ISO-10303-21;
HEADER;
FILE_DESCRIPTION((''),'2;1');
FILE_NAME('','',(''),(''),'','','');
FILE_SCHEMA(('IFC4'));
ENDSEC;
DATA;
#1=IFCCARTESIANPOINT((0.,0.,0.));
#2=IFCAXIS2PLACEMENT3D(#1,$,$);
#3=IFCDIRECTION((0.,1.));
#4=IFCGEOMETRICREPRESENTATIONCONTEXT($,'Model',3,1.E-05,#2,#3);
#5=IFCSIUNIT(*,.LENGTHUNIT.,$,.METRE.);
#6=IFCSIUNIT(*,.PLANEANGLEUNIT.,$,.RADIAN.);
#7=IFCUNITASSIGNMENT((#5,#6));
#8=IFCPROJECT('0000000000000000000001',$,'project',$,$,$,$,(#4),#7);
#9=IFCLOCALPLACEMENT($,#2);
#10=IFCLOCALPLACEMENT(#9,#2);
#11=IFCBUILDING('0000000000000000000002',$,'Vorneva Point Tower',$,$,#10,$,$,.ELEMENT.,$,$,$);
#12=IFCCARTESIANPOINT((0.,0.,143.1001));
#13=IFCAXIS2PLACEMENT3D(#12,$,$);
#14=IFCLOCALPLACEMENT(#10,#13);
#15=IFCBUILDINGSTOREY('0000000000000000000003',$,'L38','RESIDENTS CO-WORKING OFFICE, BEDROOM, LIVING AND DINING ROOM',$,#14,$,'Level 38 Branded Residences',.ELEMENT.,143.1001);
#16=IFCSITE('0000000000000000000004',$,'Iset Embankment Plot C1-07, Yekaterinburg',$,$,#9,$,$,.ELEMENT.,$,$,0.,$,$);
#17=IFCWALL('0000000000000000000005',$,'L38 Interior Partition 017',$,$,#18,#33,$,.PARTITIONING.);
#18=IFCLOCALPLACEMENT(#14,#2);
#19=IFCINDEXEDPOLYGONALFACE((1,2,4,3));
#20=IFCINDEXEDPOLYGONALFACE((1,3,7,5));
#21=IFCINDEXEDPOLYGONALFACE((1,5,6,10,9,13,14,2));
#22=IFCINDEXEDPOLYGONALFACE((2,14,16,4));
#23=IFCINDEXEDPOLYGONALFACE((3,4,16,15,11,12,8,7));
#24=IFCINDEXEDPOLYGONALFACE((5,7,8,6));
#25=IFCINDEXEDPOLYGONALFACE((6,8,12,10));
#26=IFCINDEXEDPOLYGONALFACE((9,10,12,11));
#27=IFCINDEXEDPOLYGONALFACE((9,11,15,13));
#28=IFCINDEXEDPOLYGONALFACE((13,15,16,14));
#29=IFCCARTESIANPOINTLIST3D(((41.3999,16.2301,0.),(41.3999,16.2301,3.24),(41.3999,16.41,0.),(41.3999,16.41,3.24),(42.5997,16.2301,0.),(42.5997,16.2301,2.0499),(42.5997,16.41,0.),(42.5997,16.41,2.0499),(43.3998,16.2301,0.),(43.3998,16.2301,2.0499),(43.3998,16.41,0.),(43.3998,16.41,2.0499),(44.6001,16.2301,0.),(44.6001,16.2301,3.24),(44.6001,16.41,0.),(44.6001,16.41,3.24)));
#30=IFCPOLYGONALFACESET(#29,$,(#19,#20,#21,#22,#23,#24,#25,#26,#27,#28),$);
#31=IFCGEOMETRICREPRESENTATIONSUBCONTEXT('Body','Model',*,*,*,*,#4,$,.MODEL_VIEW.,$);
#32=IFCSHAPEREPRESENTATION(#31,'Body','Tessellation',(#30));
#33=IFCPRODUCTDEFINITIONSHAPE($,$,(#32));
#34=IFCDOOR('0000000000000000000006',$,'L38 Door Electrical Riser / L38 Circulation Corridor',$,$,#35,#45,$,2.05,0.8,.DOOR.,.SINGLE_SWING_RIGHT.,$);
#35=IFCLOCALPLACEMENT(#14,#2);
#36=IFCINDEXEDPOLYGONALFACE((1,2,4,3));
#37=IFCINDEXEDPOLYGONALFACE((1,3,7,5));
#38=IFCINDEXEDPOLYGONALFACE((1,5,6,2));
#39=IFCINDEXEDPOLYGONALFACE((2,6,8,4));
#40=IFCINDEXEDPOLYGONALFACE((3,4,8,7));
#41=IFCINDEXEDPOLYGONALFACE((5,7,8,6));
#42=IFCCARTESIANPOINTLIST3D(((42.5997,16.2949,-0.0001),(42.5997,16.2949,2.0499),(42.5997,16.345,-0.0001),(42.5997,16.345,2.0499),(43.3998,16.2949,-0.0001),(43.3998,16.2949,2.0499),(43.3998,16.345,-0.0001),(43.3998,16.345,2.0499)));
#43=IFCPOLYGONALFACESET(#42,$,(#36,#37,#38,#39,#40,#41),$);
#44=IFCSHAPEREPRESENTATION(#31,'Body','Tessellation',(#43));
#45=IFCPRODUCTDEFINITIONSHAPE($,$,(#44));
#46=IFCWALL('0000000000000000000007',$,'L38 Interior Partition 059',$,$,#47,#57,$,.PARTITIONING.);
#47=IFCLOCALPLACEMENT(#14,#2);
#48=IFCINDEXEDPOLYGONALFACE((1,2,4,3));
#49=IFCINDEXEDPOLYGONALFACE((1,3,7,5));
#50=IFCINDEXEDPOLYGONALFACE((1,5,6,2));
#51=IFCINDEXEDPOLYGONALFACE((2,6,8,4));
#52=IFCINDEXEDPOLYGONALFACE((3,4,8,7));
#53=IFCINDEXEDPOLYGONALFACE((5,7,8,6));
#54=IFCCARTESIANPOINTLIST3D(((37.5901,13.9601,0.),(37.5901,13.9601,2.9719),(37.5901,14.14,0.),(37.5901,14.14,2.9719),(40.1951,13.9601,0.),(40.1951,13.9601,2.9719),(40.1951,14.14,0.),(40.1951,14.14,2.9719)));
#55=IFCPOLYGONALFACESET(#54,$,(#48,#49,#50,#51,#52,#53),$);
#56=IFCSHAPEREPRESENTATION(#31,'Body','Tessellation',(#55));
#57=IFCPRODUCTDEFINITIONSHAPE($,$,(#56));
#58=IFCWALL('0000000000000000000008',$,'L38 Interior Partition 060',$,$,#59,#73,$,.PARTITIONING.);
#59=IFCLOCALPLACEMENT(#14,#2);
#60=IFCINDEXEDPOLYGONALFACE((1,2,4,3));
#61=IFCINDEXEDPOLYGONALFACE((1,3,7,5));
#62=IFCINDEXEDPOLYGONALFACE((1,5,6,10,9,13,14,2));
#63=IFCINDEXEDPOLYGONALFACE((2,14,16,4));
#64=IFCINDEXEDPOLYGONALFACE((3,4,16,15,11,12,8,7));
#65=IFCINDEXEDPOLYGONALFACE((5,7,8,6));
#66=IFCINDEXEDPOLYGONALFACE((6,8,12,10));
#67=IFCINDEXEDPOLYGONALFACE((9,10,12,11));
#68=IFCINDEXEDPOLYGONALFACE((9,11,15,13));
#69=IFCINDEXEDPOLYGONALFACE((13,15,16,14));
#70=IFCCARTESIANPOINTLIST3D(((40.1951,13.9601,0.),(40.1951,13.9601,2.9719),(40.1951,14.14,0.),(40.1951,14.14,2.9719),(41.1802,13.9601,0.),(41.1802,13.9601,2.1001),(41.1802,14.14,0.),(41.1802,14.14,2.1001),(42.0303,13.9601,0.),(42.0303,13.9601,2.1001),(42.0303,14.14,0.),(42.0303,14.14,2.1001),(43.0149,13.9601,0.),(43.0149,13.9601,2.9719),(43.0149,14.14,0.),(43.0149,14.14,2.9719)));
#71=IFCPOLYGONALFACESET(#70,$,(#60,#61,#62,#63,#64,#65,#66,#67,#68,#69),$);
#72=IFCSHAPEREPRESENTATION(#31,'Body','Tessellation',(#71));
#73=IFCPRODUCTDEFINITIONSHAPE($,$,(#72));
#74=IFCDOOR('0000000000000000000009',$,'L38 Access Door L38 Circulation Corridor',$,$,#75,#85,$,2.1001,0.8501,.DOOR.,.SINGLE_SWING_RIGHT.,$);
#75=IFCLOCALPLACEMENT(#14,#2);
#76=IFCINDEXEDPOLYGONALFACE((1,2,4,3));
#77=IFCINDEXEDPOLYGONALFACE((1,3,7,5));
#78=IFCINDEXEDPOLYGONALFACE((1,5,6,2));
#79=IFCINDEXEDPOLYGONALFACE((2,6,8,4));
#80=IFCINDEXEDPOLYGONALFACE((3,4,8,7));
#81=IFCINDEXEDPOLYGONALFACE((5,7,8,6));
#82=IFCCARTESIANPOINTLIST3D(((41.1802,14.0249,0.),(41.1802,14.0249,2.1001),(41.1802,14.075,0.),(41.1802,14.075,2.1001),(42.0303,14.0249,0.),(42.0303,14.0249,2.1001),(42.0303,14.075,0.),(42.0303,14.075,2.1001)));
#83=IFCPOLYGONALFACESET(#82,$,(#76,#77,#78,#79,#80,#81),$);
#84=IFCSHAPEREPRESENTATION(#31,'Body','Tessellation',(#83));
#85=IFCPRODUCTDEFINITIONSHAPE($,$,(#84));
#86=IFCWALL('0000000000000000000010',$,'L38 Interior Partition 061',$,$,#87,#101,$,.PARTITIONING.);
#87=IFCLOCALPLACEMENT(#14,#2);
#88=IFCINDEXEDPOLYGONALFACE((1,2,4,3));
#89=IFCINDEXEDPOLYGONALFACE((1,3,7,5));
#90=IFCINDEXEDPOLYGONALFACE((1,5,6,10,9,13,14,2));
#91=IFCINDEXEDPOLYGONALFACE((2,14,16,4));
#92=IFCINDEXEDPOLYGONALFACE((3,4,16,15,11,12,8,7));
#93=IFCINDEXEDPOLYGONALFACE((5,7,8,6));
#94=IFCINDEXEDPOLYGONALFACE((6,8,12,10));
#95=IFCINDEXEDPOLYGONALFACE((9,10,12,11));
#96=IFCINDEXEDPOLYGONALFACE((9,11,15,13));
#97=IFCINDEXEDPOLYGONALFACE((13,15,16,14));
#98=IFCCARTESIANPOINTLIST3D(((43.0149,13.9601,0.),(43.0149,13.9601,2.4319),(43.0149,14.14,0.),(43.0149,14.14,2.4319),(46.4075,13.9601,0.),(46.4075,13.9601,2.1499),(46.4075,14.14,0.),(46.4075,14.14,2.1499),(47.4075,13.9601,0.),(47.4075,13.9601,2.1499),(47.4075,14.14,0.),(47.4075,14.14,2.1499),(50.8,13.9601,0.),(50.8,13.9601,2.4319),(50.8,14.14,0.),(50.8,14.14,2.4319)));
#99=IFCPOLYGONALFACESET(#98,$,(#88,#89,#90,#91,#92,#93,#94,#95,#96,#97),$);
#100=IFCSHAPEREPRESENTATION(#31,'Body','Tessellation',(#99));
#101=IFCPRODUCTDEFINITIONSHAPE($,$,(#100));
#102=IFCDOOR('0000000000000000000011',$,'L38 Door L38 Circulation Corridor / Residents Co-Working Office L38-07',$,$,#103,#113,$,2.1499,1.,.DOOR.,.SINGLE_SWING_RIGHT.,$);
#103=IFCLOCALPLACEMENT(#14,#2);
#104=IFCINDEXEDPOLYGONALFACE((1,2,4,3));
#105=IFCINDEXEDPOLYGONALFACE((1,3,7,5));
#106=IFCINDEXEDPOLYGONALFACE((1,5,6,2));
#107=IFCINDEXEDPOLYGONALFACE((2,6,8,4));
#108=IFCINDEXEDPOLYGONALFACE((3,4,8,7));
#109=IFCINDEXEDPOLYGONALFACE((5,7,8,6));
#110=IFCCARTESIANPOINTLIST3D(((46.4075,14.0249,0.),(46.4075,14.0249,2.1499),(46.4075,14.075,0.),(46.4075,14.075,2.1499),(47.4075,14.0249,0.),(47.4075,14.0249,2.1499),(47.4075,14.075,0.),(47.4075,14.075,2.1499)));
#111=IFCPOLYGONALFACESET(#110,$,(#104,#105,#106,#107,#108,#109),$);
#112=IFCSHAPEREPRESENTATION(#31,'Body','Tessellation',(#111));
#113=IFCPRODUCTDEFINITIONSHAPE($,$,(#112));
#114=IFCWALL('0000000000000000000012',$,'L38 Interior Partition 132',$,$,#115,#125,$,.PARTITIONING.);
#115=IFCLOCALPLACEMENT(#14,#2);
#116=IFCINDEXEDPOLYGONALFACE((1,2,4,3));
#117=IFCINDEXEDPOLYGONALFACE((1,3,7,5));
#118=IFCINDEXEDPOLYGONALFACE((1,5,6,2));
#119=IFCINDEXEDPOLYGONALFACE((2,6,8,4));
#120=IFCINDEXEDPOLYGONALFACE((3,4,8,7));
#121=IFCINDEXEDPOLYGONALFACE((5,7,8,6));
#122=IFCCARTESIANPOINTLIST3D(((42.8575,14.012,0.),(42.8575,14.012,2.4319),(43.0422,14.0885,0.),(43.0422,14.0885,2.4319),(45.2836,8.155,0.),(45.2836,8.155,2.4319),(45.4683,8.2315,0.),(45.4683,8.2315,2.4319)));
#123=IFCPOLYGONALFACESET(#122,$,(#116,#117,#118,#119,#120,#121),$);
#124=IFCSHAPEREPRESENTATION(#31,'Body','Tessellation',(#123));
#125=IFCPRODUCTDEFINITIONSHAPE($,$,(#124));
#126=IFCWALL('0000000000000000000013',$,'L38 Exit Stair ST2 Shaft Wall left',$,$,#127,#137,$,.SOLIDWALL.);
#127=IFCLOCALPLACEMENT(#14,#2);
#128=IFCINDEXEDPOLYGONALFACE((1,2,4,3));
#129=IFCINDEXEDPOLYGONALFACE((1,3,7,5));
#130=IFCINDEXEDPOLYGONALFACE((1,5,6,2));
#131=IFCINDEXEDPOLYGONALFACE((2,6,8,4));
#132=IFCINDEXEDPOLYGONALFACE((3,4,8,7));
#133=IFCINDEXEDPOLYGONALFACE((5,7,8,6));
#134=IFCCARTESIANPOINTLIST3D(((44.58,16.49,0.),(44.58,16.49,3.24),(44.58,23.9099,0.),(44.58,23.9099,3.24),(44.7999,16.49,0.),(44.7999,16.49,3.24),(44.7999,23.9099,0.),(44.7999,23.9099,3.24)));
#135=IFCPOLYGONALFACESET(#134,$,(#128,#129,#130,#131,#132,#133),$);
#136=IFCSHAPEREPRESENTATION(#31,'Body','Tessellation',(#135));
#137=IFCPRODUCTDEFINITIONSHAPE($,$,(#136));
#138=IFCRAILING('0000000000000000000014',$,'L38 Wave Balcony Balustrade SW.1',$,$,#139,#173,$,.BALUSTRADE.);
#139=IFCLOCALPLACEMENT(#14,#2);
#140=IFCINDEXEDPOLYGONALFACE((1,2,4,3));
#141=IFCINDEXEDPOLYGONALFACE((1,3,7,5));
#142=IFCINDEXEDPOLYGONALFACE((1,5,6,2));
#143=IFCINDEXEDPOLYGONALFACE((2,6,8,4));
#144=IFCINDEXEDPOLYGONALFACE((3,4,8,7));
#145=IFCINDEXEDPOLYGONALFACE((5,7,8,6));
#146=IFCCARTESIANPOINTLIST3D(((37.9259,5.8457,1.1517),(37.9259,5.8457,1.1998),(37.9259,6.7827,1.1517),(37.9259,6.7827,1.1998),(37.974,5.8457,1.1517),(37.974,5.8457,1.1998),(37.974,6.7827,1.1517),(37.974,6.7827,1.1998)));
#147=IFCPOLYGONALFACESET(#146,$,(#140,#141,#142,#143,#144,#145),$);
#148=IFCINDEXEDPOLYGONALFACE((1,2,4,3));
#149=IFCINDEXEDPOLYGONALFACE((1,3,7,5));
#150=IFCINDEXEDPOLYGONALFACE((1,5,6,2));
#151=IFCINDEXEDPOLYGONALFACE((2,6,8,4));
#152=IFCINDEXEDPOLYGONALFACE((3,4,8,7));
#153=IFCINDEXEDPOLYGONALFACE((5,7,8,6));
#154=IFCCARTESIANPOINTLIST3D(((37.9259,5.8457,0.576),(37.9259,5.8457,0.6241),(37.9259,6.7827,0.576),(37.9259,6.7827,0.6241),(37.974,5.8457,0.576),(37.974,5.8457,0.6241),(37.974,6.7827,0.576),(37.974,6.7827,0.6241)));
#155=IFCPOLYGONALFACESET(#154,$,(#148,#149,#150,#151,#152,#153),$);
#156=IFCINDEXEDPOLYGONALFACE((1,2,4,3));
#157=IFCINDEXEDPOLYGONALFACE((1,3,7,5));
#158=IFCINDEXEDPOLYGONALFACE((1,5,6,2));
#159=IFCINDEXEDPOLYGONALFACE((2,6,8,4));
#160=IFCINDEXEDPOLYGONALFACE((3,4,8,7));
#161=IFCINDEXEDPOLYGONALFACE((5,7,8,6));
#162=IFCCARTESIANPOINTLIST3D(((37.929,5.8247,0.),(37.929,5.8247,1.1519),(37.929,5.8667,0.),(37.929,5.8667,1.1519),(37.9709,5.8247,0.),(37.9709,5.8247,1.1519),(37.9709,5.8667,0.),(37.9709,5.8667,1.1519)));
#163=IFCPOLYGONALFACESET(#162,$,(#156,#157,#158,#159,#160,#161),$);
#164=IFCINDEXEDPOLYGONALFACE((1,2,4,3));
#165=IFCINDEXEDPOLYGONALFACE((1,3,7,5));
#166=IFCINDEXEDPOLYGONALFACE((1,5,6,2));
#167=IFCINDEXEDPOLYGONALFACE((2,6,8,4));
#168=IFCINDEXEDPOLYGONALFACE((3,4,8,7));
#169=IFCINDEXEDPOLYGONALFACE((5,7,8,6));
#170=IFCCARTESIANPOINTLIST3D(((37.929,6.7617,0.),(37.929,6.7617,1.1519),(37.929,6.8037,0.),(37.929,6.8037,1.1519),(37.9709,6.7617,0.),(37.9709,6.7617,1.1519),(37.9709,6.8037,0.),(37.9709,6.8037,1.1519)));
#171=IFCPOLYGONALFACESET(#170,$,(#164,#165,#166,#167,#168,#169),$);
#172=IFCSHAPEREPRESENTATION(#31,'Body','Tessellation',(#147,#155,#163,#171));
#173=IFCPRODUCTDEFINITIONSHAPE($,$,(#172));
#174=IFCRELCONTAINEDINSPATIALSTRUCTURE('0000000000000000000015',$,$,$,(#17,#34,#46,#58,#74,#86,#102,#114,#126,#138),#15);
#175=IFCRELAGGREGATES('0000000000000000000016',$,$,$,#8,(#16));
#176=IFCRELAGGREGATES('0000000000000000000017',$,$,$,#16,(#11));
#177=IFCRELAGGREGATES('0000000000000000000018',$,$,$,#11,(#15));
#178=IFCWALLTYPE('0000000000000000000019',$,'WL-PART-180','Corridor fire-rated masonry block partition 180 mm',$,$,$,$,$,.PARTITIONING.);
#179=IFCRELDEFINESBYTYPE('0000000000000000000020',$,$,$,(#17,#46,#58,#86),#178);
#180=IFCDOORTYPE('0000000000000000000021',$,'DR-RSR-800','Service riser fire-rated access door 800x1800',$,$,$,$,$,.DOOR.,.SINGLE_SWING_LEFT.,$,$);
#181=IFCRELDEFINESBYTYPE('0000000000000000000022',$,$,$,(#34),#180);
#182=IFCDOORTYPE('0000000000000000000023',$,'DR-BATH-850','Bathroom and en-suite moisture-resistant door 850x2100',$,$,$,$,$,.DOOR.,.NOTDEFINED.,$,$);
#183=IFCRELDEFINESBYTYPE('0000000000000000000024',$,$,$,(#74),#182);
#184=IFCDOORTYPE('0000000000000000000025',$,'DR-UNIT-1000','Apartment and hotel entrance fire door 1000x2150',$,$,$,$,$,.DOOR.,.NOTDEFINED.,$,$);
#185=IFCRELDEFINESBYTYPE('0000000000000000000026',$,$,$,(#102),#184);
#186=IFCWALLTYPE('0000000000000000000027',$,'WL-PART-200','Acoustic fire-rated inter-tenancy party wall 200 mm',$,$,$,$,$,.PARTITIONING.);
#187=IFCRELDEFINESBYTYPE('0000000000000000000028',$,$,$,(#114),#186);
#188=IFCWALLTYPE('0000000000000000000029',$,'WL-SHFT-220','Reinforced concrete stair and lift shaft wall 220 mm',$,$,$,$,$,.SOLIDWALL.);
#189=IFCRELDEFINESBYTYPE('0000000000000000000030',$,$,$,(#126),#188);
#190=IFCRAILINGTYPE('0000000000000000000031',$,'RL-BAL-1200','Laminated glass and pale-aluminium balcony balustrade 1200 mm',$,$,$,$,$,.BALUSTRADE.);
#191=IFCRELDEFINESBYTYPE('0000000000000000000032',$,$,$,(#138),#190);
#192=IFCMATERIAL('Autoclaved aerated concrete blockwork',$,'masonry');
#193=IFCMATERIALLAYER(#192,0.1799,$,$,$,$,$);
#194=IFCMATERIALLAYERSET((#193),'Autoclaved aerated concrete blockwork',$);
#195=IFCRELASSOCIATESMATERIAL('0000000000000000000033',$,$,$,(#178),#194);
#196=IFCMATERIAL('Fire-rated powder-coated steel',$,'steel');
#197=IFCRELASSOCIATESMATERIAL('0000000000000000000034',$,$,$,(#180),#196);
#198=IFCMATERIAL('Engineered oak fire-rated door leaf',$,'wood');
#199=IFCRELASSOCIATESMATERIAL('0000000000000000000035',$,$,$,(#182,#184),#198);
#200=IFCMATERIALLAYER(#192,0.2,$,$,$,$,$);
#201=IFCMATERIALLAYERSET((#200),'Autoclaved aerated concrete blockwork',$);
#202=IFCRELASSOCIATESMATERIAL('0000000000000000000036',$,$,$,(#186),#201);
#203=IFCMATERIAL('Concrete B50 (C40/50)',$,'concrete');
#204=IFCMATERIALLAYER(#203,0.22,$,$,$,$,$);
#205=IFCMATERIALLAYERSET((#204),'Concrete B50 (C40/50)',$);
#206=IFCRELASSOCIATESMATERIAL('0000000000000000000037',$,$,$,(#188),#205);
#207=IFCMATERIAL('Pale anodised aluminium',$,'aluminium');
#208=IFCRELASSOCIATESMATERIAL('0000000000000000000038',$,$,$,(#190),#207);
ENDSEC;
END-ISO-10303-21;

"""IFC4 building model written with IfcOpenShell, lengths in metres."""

from ifc_helpers import new_model, si_unit, direction, frame, frame_2d, origin, origin_2d, place, context, subcontext, project, spatial, rectangle, extrude, material, layer, layer_set, type_object, element, fill, save


model = new_model("IFC4")

# Units and contexts
model_context = context("Model", 3, precision=1e-05, world=origin(), true_north=direction((0.0, 1.0)))
body_context = subcontext(model_context, "Body", "Model", "MODEL_VIEW")
ifc_project = project(units=[si_unit("LENGTHUNIT", "METRE"), si_unit("PLANEANGLEUNIT", "RADIAN")], contexts=[model_context])

# Site, building, storey
site_placement = place(None, origin())
site = spatial("IfcSite", under=ifc_project, at=site_placement, Name="Iset Embankment Plot C1-07, Yekaterinburg", CompositionType="ELEMENT", RefElevation=0.0)
building_placement = place(site_placement, origin())
building = spatial("IfcBuilding", under=site, at=building_placement, Name="Vorneva Point Tower", CompositionType="ELEMENT")
storey_placement = place(building_placement, frame((0.0, 0.0, 143.1001)))
storey = spatial("IfcBuildingStorey", under=building, at=storey_placement, Name="L38", Description="RESIDENTS CO-WORKING OFFICE, BEDROOM, LIVING AND DINING ROOM", LongName="Level 38 Branded Residences", CompositionType="ELEMENT", Elevation=143.1001)

# Shared definitions
ifc_material_1 = material(Name="Pale anodised aluminium", Category="aluminium")

# Shared definitions
ifc_material_2 = material(Name="Engineered oak fire-rated door leaf", Category="wood")

# Wall, opening, door
ifc_material_3 = material(Name="Autoclaved aerated concrete blockwork", Category="masonry")
ifc_layer_1 = layer(ifc_material_3, 0.1799)
ifc_layer_set_1 = layer_set([ifc_layer_1], Name="Autoclaved aerated concrete blockwork")
wall_type_1 = type_object("IfcWallType", Name="WL-PART-180", Description="Corridor fire-rated masonry block partition 180 mm", PredefinedType="PARTITIONING", material=ifc_layer_set_1)
ifc_material_4 = material(Name="Fire-rated powder-coated steel", Category="steel")
door_type_1 = type_object("IfcDoorType", Name="DR-RSR-800", Description="Service riser fire-rated access door 800x1800", OperationType="SINGLE_SWING_LEFT", PredefinedType="DOOR", material=ifc_material_4)
wall_1_placement = place(storey_placement, frame((41.3999, 16.3201, 0.0), z_axis=(0.0, 0.0, 1.0), x_axis=(1.0, 0.0, 0.0)))
wall_1 = element("IfcWall", 1, at=wall_1_placement, inside=storey, type_object=wall_type_1, Name="L38 Interior Partition 017", PredefinedType="PARTITIONING", context=body_context, shape_type="SweptSolid", body=[
    extrude(rectangle(XDim=3.2002, YDim=0.1799, at=frame_2d((1.6001, 0.0))), origin(), (0.0, 0.0, 1.0), 3.24),
])
opening_1_placement = place(wall_1_placement, frame((1.2, 0.0, 0.0)))
opening_1 = element("IfcOpeningElement", 2, at=opening_1_placement, cuts=wall_1, PredefinedType="OPENING", context=body_context, shape_type="SweptSolid", body=[
    extrude(rectangle(XDim=0.8, YDim=2.05, at=frame_2d((0.3999, 1.0249))), frame((0.0, 0.105, 0.0), z_axis=(0.0, -1.0, 0.0), x_axis=(1.0, 0.0, 0.0)), (0.0, 0.0, 1.0), 0.2097),
])
door_1_placement = place(opening_1_placement, origin())
door_1 = element("IfcDoor", 3, at=door_1_placement, inside=storey, type_object=door_type_1, Name="L38 Door Electrical Riser / L38 Circulation Corridor", OperationType="SINGLE_SWING_RIGHT", OverallHeight=2.05, OverallWidth=0.8, PredefinedType="DOOR", context=body_context, shape_type="SweptSolid", body=[
    extrude(rectangle(XDim=0.8, YDim=2.05, at=frame_2d((0.3999, 1.0249))), frame((0.0, 0.0249, 0.0), z_axis=(0.0, -1.0, 0.0), x_axis=(1.0, 0.0, 0.0)), (0.0, 0.0, 1.0), 0.05),
])
fill(opening_1, door_1)

# Wall
wall_2_placement = place(storey_placement, frame((37.5901, 14.05, 0.0), z_axis=(0.0, 0.0, 1.0), x_axis=(1.0, 0.0, 0.0)))
element("IfcWall", 4, at=wall_2_placement, inside=storey, type_object=wall_type_1, Name="L38 Interior Partition 059", PredefinedType="PARTITIONING", context=body_context, shape_type="SweptSolid", body=[
    extrude(rectangle(XDim=2.605, YDim=0.1799, at=frame_2d((1.3025, 0.0))), origin(), (0.0, 0.0, 1.0), 2.9719),
])

# Walls, openings, doors
wall_3_placement = place(storey_placement, frame((40.1951, 14.05, 0.0), z_axis=(0.0, 0.0, 1.0), x_axis=(1.0, 0.0, 0.0)))
wall_3 = element("IfcWall", 5, at=wall_3_placement, inside=storey, type_object=wall_type_1, Name="L38 Interior Partition 060", PredefinedType="PARTITIONING", context=body_context, shape_type="SweptSolid", body=[
    extrude(rectangle(XDim=2.8198, YDim=0.1799, at=frame_2d((1.4099, 0.0))), origin(), (0.0, 0.0, 1.0), 2.9719),
])
opening_2_placement = place(wall_3_placement, frame((0.9851, 0.0, 0.0)))
opening_2 = element("IfcOpeningElement", 6, at=opening_2_placement, cuts=wall_3, PredefinedType="OPENING", context=body_context, shape_type="SweptSolid", body=[
    extrude(rectangle(XDim=0.8501, YDim=2.1001, at=frame_2d((0.425, 1.05))), frame((0.0, 0.105, 0.0), z_axis=(0.0, -1.0, 0.0), x_axis=(1.0, 0.0, 0.0)), (0.0, 0.0, 1.0), 0.2097),
])
door_type_2 = type_object("IfcDoorType", Name="DR-BATH-850", Description="Bathroom and en-suite moisture-resistant door 850x2100", OperationType="NOTDEFINED", PredefinedType="DOOR", material=ifc_material_2)
door_2_placement = place(opening_2_placement, origin())
door_2 = element("IfcDoor", 7, at=door_2_placement, inside=storey, type_object=door_type_2, Name="L38 Access Door L38 Circulation Corridor", OperationType="SINGLE_SWING_RIGHT", OverallHeight=2.1001, OverallWidth=0.8501, PredefinedType="DOOR", context=body_context, shape_type="SweptSolid", body=[
    extrude(rectangle(XDim=0.8501, YDim=2.1001, at=frame_2d((0.425, 1.05))), frame((0.0, 0.0249, 0.0), z_axis=(0.0, -1.0, 0.0), x_axis=(1.0, 0.0, 0.0)), (0.0, 0.0, 1.0), 0.05),
])
fill(opening_2, door_2)
wall_4_placement = place(storey_placement, frame((43.0149, 14.05, 0.0), z_axis=(0.0, 0.0, 1.0), x_axis=(1.0, 0.0, 0.0)))
wall_4 = element("IfcWall", 8, at=wall_4_placement, inside=storey, type_object=wall_type_1, Name="L38 Interior Partition 061", PredefinedType="PARTITIONING", context=body_context, shape_type="SweptSolid", body=[
    extrude(rectangle(XDim=7.7852, YDim=0.1799, at=frame_2d((3.8926, 0.0))), origin(), (0.0, 0.0, 1.0), 2.4319),
])
opening_3_placement = place(wall_4_placement, frame((3.3926, 0.0, 0.0)))
opening_3 = element("IfcOpeningElement", 9, at=opening_3_placement, cuts=wall_4, PredefinedType="OPENING", context=body_context, shape_type="SweptSolid", body=[
    extrude(rectangle(XDim=1.0, YDim=2.1499, at=frame_2d((0.5, 1.075))), frame((0.0, 0.105, 0.0), z_axis=(0.0, -1.0, 0.0), x_axis=(1.0, 0.0, 0.0)), (0.0, 0.0, 1.0), 0.2097),
])
door_type_3 = type_object("IfcDoorType", Name="DR-UNIT-1000", Description="Apartment and hotel entrance fire door 1000x2150", OperationType="NOTDEFINED", PredefinedType="DOOR", material=ifc_material_2)
door_3_placement = place(opening_3_placement, origin())
door_3 = element("IfcDoor", 10, at=door_3_placement, inside=storey, type_object=door_type_3, Name="L38 Door L38 Circulation Corridor / Residents Co-Working Office L38-07", OperationType="SINGLE_SWING_RIGHT", OverallHeight=2.1499, OverallWidth=1.0, PredefinedType="DOOR", context=body_context, shape_type="SweptSolid", body=[
    extrude(rectangle(XDim=1.0, YDim=2.1499, at=frame_2d((0.5, 1.075))), frame((0.0, 0.0249, 0.0), z_axis=(0.0, -1.0, 0.0), x_axis=(1.0, 0.0, 0.0)), (0.0, 0.0, 1.0), 0.05),
])
fill(opening_3, door_3)

# Walls
ifc_layer_2 = layer(ifc_material_3, 0.2)
ifc_layer_set_2 = layer_set([ifc_layer_2], Name="Autoclaved aerated concrete blockwork")
wall_type_2 = type_object("IfcWallType", Name="WL-PART-200", Description="Acoustic fire-rated inter-tenancy party wall 200 mm", PredefinedType="PARTITIONING", material=ifc_layer_set_2)
wall_5_placement = place(storey_placement, frame((45.376, 8.1931, 0.0), z_axis=(0.0, 0.0, 1.0), x_axis=(-0.382684, 0.923879, 0.0)))
element("IfcWall", 11, at=wall_5_placement, inside=storey, type_object=wall_type_2, Name="L38 Interior Partition 132", PredefinedType="PARTITIONING", context=body_context, shape_type="SweptSolid", body=[
    extrude(rectangle(XDim=6.3396, YDim=0.2, at=frame_2d((3.1699, 0.0))), origin(), (0.0, 0.0, 1.0), 2.4319),
])
ifc_material_5 = material(Name="Concrete B50 (C40/50)", Category="concrete")
ifc_layer_3 = layer(ifc_material_5, 0.22)
ifc_layer_set_3 = layer_set([ifc_layer_3], Name="Concrete B50 (C40/50)")
wall_type_3 = type_object("IfcWallType", Name="WL-SHFT-220", Description="Reinforced concrete stair and lift shaft wall 220 mm", PredefinedType="SOLIDWALL", material=ifc_layer_set_3)
wall_6_placement = place(storey_placement, frame((44.6899, 16.49, 0.0), z_axis=(0.0, 0.0, 1.0), x_axis=(0.0, 1.0, 0.0)))
element("IfcWall", 12, at=wall_6_placement, inside=storey, type_object=wall_type_3, Name="L38 Exit Stair ST2 Shaft Wall left", PredefinedType="SOLIDWALL", context=body_context, shape_type="SweptSolid", body=[
    extrude(rectangle(XDim=7.4199, YDim=0.22, at=frame_2d((3.71, 0.0))), origin(), (0.0, 0.0, 1.0), 3.24),
])

# Railing
railing_type = type_object("IfcRailingType", Name="RL-BAL-1200", Description="Laminated glass and pale-aluminium balcony balustrade 1200 mm", PredefinedType="BALUSTRADE", material=ifc_material_1)
railing_placement = place(storey_placement, frame((37.95, 5.8457, 0.0)))
element("IfcRailing", 13, at=railing_placement, inside=storey, type_object=railing_type, Name="L38 Wave Balcony Balustrade SW.1", PredefinedType="BALUSTRADE", context=body_context, shape_type="SweptSolid", body=[
    extrude(rectangle(XDim=0.0481, YDim=0.0481, at=origin_2d()), frame((0.0, 0.0, 1.1758), z_axis=(0.0, 1.0, 0.0), x_axis=(-1.0, 0.0, 0.0)), (0.0, 0.0, 1.0), 0.937),
    extrude(rectangle(XDim=0.0481, YDim=0.0481, at=origin_2d()), frame((0.0, 0.0, 0.6001), z_axis=(0.0, 1.0, 0.0), x_axis=(-1.0, 0.0, 0.0)), (0.0, 0.0, 1.0), 0.937),
    extrude(rectangle(XDim=0.042, YDim=0.042, at=origin_2d()), origin(), (0.0, 0.0, 1.0), 1.1519),
    extrude(rectangle(XDim=0.042, YDim=0.042, at=origin_2d()), frame((0.0, 0.937, 0.0)), (0.0, 0.0, 1.0), 1.1519),
])

save(model, "model.ifc")
